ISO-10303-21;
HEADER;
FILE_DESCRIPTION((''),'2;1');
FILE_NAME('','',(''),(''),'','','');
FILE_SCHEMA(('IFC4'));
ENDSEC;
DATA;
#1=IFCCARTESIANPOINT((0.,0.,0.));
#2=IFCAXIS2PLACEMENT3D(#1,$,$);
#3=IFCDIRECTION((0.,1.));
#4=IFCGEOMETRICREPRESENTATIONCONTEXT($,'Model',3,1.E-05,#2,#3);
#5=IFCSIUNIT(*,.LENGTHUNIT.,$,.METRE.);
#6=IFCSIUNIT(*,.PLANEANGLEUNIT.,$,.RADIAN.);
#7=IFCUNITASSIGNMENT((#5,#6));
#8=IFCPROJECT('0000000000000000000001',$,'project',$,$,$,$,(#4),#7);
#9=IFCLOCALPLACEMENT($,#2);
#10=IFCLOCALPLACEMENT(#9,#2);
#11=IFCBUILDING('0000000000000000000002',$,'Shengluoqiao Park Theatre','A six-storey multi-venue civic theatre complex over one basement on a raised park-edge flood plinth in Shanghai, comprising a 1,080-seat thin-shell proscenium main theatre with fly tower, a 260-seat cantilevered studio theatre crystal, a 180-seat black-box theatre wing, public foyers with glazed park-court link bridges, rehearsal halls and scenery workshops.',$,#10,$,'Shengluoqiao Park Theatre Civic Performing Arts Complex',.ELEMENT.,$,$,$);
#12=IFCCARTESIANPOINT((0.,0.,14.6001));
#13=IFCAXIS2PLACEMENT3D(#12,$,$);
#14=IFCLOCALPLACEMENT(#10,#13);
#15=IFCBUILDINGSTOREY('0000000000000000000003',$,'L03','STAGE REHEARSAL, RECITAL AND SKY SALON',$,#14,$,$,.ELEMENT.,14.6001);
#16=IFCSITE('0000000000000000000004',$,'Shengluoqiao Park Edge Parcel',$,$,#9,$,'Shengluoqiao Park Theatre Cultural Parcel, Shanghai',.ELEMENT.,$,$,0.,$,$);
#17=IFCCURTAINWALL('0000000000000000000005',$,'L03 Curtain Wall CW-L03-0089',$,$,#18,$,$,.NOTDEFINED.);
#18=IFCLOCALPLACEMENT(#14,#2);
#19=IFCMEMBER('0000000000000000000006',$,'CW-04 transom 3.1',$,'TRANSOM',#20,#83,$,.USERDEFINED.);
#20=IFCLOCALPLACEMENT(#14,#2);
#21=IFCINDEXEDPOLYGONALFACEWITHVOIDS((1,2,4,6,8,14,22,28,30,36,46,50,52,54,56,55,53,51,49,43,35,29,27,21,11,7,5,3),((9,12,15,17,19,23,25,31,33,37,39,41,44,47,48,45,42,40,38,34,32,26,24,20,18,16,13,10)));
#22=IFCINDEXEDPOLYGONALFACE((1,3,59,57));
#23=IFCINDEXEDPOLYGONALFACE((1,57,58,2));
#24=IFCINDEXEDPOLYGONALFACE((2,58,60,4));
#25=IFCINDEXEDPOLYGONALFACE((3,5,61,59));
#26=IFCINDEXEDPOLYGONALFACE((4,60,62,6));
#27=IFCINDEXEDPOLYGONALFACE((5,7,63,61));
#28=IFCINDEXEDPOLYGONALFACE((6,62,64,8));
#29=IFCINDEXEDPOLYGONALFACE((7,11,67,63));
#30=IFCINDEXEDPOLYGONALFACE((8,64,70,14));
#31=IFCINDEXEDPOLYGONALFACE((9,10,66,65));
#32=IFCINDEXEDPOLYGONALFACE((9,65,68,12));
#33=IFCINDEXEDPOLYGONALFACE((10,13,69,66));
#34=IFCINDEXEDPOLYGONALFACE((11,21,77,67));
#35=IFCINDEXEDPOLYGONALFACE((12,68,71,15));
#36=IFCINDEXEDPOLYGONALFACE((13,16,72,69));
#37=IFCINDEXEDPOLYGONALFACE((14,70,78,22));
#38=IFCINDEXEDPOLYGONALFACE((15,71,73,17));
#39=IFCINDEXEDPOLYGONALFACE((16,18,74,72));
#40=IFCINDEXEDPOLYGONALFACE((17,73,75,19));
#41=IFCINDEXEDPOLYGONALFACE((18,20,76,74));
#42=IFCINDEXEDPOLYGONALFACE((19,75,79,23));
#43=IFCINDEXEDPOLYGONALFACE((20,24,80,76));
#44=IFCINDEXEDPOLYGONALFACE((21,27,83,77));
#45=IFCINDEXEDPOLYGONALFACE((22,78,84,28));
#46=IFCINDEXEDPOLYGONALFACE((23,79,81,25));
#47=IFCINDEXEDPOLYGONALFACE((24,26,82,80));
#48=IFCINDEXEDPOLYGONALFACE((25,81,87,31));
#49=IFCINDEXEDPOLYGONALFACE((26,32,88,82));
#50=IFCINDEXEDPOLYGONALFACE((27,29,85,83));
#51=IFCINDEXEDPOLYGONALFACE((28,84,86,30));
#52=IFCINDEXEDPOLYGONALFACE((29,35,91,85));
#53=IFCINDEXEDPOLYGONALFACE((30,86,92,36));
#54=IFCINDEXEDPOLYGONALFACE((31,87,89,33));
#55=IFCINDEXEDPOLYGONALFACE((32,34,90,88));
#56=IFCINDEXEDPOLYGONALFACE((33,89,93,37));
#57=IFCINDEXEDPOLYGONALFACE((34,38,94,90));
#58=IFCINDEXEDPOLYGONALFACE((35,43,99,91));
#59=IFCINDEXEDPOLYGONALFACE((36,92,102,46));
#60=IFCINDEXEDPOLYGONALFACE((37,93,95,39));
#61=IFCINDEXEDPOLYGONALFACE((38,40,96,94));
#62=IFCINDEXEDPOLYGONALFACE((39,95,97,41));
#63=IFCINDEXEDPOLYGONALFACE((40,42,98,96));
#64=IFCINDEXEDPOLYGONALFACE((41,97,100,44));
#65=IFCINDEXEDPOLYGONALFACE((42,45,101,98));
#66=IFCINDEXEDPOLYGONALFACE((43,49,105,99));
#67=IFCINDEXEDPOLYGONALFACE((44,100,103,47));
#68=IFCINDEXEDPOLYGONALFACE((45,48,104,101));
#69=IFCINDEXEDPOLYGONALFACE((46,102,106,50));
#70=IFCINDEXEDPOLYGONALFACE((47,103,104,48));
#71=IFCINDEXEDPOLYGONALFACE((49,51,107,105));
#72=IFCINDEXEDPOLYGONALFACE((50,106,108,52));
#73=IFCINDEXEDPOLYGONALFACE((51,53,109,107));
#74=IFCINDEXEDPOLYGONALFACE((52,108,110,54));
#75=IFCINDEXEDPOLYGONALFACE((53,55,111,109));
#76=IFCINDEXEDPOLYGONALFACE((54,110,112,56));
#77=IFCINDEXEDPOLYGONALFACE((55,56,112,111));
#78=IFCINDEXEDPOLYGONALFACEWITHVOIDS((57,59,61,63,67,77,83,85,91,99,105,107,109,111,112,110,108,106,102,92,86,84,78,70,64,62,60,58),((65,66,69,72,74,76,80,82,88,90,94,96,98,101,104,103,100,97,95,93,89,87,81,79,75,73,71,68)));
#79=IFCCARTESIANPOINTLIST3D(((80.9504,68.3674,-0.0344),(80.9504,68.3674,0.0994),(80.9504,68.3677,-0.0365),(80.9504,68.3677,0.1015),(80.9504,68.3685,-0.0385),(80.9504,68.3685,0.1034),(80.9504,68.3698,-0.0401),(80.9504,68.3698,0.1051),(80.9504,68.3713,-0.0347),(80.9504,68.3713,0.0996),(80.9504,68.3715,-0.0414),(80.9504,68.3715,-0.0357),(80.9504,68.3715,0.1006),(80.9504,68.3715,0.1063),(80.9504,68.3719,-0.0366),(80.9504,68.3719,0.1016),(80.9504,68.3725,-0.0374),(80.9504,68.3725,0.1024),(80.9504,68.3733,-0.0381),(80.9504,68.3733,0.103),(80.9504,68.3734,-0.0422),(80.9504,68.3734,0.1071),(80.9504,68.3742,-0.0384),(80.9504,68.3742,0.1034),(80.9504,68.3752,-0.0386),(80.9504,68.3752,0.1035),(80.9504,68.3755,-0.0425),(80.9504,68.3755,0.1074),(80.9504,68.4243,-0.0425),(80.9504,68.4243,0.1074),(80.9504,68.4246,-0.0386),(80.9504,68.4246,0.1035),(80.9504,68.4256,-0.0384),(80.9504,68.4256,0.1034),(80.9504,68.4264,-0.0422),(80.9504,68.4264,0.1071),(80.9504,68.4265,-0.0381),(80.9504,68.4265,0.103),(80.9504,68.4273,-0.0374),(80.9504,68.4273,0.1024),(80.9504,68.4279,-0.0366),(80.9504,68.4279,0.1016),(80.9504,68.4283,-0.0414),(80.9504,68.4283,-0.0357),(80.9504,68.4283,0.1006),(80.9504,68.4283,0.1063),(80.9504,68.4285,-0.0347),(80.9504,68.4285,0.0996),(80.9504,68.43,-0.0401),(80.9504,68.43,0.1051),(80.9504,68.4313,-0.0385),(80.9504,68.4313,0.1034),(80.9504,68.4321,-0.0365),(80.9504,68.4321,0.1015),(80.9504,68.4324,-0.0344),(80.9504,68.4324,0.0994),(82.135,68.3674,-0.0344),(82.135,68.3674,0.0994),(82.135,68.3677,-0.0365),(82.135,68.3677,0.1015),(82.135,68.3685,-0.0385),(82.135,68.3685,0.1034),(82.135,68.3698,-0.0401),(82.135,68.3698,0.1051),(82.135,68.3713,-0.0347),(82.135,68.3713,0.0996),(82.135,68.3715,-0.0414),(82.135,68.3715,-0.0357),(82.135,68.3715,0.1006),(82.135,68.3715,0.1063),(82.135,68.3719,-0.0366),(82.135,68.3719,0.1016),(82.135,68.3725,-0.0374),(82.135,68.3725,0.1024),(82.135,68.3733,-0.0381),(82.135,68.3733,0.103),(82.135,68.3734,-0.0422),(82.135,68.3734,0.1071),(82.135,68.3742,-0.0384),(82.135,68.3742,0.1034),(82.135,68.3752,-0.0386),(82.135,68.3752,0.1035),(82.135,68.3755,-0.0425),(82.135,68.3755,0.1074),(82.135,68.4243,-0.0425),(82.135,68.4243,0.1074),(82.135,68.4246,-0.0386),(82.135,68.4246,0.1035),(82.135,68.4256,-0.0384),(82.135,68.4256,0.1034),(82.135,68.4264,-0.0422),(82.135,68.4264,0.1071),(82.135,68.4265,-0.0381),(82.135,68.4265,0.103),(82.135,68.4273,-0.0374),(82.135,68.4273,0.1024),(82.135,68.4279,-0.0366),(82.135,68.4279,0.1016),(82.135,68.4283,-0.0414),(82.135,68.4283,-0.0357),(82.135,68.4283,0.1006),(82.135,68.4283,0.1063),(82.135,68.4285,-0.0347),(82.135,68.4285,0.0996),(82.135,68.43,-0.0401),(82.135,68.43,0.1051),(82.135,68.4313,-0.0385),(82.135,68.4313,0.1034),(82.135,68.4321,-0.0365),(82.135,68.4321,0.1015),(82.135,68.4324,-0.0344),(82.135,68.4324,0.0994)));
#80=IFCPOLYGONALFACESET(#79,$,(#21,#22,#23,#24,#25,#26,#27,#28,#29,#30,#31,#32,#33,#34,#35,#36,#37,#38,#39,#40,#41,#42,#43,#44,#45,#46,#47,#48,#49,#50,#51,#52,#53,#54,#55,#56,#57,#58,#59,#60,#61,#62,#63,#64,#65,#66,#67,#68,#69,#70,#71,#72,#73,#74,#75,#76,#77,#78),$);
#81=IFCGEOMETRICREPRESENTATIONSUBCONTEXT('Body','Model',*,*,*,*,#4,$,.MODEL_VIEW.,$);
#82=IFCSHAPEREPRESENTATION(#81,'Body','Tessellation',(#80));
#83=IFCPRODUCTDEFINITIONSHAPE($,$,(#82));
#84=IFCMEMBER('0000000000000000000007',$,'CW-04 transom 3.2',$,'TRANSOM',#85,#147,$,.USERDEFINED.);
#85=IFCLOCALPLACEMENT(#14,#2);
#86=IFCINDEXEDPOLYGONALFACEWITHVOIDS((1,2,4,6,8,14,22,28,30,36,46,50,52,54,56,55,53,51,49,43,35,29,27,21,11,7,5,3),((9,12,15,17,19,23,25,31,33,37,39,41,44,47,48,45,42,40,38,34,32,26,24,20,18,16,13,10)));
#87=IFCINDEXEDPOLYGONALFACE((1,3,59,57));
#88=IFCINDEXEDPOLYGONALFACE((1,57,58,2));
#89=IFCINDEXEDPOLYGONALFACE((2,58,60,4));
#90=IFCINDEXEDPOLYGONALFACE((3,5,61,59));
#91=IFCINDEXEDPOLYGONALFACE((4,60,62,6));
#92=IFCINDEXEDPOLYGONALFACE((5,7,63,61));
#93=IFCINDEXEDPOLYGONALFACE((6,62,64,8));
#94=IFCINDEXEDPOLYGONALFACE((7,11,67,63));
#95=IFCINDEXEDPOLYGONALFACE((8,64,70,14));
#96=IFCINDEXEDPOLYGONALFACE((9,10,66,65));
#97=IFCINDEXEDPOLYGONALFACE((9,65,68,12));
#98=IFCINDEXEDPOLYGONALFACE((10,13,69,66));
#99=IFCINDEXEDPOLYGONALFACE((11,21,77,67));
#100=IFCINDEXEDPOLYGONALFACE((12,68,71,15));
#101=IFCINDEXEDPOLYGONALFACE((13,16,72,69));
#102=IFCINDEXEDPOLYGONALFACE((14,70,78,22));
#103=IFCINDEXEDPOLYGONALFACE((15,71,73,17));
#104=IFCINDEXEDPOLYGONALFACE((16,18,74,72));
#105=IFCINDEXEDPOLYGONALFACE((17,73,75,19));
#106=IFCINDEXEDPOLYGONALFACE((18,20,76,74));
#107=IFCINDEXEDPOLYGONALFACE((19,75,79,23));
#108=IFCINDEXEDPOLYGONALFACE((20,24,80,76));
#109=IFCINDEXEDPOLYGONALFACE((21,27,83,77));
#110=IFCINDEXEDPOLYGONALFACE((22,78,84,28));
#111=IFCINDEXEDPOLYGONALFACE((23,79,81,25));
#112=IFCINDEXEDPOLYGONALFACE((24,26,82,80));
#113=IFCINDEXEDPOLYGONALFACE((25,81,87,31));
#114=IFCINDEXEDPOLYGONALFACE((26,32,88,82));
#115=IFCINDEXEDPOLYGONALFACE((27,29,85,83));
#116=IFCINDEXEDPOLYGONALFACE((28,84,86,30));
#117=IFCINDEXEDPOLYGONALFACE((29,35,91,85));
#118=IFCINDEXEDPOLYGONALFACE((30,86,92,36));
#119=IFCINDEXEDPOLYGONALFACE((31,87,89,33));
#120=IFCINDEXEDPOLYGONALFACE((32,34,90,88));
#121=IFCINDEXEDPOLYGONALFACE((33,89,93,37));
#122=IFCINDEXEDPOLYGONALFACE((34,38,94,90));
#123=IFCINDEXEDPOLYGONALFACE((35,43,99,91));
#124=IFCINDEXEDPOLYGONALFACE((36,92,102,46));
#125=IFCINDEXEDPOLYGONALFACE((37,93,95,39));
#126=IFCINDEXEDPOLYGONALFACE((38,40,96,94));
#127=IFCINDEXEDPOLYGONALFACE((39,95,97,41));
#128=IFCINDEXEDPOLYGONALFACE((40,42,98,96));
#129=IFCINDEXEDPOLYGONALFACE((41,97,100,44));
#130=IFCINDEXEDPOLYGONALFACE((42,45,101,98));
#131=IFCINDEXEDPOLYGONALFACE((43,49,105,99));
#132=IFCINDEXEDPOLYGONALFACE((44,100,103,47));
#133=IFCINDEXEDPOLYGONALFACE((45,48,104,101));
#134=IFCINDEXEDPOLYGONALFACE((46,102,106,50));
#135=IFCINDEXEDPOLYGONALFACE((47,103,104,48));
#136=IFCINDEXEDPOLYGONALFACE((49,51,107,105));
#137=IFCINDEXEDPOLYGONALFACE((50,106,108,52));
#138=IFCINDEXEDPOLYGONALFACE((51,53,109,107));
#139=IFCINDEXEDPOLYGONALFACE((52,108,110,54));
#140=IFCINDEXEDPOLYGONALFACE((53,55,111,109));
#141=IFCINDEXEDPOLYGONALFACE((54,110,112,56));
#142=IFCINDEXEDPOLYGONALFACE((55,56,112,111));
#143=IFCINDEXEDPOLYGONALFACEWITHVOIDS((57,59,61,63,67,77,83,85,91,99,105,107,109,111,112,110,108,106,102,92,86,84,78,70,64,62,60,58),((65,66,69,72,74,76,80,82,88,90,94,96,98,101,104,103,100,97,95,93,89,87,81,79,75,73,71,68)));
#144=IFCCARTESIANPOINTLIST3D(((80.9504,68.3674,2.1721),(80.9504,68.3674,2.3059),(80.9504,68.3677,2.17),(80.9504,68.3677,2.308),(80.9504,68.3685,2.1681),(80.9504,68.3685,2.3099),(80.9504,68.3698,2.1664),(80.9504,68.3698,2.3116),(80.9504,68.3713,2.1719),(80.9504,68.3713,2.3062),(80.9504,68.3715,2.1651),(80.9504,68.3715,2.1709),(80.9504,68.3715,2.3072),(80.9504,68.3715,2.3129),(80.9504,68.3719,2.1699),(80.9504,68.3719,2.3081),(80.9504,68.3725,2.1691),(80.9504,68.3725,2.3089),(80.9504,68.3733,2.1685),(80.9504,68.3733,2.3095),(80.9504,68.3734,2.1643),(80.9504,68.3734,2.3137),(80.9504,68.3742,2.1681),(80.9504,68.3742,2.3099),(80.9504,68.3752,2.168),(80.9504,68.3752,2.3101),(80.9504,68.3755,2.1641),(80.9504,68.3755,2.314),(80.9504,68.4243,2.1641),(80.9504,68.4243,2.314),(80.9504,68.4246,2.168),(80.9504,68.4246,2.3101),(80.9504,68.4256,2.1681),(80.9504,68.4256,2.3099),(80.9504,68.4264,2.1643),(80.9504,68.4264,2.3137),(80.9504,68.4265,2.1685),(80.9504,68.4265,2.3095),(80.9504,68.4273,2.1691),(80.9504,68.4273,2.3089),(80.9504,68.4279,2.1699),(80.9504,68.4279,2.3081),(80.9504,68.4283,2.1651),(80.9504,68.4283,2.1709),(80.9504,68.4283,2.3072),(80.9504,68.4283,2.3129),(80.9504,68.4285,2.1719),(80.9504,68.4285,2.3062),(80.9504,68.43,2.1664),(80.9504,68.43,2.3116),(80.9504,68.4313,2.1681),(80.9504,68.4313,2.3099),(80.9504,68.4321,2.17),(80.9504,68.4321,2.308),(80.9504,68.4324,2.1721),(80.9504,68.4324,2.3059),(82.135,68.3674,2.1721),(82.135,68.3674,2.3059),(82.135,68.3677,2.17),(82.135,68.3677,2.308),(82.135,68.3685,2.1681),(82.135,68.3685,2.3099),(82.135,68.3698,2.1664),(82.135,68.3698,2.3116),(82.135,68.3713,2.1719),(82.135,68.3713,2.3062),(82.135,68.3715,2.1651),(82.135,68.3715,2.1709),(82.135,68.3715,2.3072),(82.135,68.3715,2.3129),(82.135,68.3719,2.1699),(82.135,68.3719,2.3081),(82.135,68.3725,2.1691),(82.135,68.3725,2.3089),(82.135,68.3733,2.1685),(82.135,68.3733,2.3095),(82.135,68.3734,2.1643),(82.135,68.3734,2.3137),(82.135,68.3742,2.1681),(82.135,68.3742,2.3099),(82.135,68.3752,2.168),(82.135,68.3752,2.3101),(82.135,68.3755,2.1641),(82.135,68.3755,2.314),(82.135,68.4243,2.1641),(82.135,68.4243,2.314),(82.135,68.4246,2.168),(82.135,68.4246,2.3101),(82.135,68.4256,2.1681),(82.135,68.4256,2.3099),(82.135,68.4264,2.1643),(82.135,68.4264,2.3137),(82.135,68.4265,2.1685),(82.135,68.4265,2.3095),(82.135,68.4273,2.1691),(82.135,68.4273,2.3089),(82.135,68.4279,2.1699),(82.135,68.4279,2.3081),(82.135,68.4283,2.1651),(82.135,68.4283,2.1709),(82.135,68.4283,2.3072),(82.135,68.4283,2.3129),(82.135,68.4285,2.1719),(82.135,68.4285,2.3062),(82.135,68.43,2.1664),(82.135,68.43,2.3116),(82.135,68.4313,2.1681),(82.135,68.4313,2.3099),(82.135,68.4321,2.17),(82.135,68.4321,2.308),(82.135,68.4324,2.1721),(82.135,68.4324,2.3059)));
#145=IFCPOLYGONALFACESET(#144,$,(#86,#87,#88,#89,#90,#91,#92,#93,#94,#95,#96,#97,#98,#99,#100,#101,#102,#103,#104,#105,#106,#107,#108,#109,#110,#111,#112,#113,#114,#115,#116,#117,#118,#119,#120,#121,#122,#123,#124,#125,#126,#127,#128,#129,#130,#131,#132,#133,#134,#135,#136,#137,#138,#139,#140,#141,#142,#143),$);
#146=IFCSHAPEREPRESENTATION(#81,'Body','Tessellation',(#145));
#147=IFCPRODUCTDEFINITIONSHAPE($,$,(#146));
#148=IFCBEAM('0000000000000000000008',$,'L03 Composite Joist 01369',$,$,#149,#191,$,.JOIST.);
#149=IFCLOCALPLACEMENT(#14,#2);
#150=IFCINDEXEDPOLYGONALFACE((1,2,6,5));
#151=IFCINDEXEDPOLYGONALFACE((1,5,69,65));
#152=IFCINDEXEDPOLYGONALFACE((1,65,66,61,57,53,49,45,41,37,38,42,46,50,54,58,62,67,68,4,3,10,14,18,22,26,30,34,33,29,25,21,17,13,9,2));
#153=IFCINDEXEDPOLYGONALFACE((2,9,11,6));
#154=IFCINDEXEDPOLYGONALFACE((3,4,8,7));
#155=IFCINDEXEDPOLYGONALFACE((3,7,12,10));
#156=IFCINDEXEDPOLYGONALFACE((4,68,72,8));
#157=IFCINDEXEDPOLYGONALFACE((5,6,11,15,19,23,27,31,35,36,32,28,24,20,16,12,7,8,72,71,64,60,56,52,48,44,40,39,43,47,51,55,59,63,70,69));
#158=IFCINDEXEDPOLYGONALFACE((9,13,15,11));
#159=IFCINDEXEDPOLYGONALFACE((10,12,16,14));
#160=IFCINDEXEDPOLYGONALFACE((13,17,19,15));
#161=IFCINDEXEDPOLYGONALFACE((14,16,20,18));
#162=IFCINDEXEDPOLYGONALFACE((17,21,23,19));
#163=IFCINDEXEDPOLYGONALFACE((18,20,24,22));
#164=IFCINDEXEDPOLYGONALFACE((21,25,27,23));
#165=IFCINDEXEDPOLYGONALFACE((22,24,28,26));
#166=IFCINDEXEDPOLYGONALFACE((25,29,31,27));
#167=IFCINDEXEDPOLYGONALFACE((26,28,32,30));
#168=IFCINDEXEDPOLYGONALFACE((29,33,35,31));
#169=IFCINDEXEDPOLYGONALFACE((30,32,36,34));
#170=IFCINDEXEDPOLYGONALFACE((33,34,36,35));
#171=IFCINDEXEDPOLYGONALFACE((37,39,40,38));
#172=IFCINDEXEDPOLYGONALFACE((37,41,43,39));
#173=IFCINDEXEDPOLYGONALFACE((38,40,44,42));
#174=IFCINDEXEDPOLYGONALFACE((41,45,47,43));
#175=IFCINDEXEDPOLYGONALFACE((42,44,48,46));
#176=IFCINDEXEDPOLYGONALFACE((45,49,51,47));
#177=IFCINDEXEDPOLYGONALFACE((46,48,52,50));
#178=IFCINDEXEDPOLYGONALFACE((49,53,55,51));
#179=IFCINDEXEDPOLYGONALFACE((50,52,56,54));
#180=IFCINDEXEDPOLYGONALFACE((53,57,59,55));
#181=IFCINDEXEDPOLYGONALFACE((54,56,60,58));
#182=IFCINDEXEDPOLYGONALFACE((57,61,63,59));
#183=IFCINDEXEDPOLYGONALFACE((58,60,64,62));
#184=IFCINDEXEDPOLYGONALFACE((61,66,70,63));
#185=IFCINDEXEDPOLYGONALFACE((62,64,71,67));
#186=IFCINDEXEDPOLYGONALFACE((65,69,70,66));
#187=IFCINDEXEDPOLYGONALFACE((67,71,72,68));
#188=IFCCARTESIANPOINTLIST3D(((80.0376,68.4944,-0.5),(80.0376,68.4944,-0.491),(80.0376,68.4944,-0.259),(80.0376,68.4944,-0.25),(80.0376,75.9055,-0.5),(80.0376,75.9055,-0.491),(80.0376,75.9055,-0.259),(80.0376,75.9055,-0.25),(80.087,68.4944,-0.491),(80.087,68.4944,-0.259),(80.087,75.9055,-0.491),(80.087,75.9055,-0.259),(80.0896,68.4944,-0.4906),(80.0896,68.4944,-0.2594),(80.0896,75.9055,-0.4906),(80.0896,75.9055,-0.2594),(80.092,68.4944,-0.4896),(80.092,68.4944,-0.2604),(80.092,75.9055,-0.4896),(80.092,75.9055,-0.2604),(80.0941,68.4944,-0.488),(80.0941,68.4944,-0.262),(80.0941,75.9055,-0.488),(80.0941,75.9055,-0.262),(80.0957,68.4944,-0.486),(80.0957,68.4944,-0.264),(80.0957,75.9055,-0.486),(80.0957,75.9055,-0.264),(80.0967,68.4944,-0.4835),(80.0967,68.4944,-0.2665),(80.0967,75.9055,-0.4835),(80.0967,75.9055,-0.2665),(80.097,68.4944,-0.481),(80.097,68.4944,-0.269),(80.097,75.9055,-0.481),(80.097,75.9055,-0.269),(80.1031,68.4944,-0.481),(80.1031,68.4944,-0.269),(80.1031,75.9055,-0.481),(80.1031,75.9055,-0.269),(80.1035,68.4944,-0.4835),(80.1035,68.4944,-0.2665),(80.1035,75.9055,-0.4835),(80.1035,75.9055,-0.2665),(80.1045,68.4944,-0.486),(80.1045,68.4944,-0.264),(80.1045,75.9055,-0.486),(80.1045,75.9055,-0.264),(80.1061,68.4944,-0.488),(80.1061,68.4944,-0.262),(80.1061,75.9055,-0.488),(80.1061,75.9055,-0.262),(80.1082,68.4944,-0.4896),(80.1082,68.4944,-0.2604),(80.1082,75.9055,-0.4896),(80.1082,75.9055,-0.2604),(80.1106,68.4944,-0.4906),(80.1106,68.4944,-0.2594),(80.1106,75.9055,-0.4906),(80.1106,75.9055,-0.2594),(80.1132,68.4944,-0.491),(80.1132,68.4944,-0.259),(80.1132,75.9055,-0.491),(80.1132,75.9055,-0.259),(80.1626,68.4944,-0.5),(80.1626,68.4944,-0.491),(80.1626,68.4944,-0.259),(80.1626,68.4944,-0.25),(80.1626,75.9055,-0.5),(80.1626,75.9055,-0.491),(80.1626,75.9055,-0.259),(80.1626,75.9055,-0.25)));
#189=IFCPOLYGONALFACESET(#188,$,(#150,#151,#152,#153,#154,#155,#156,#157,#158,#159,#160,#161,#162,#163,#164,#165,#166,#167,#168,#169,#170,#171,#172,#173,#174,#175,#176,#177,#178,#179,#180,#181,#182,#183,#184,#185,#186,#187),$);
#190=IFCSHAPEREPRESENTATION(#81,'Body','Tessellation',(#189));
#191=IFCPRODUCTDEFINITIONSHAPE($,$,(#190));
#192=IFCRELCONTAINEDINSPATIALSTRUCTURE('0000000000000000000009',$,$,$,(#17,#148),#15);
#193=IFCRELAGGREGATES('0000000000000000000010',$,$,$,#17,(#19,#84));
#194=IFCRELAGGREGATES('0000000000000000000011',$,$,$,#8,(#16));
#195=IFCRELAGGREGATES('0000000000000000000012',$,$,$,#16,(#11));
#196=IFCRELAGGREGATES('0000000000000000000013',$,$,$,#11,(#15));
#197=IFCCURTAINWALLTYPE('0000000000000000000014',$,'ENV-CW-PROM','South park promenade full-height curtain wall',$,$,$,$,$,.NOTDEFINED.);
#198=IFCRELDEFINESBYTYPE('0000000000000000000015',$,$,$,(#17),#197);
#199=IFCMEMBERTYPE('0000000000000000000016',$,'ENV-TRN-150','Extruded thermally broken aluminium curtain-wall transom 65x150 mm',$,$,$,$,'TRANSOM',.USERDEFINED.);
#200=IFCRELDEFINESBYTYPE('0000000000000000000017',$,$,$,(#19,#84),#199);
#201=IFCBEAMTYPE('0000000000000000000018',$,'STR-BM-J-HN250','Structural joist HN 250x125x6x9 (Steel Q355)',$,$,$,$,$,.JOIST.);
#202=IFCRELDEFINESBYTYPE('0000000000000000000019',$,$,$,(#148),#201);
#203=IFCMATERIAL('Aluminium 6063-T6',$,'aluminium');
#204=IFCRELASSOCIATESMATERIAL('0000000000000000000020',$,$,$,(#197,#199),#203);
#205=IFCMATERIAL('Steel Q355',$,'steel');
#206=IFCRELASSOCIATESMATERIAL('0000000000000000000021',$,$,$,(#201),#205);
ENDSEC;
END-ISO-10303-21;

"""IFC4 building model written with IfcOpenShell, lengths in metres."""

from ifc_helpers import new_model, si_unit, direction, frame, origin, origin_2d, place, context, subcontext, project, spatial, hollow_rectangle, i_section, extrude, material, material_profile, profile_set, type_object, element, aggregate, save


model = new_model("IFC4")

# Units and contexts
model_context = context("Model", 3, precision=1e-05, world=origin(), true_north=direction((0.0, 1.0)))
body_context = subcontext(model_context, "Body", "Model", "MODEL_VIEW")
ifc_project = project(units=[si_unit("LENGTHUNIT", "METRE"), si_unit("PLANEANGLEUNIT", "RADIAN")], contexts=[model_context])

# Site, building, storey
site_placement = place(None, origin())
site = spatial("IfcSite", under=ifc_project, at=site_placement, Name="Shengluoqiao Park Edge Parcel", LongName="Shengluoqiao Park Theatre Cultural Parcel, Shanghai", CompositionType="ELEMENT", RefElevation=0.0)
building_placement = place(site_placement, origin())
building = spatial("IfcBuilding", under=site, at=building_placement, Name="Shengluoqiao Park Theatre", Description="A six-storey multi-venue civic theatre complex over one basement on a raised park-edge flood plinth in Shanghai, comprising a 1,080-seat thin-shell proscenium main theatre with fly tower, a 260-seat cantilevered studio theatre crystal, a 180-seat black-box theatre wing, public foyers with glazed park-court link bridges, rehearsal halls and scenery workshops.", LongName="Shengluoqiao Park Theatre Civic Performing Arts Complex", CompositionType="ELEMENT")
storey_placement = place(building_placement, frame((0.0, 0.0, 14.6001)))
storey = spatial("IfcBuildingStorey", under=building, at=storey_placement, Name="L03", Description="STAGE REHEARSAL, RECITAL AND SKY SALON", CompositionType="ELEMENT", Elevation=14.6001)

# Curtain wall
ifc_material_1 = material(Name="Aluminium 6063-T6", Category="aluminium")
curtain_wall_type = type_object("IfcCurtainWallType", Name="ENV-CW-PROM", Description="South park promenade full-height curtain wall", PredefinedType="NOTDEFINED", material=ifc_material_1)
curtain_wall_1_placement = place(storey_placement, origin())
curtain_wall_1 = element("IfcCurtainWall", 1, at=curtain_wall_1_placement, inside=storey, type_object=curtain_wall_type, Name="L03 Curtain Wall CW-L03-0089", PredefinedType="NOTDEFINED")

# Members
ifc_material_profile_1 = material_profile(ifc_material_1, hollow_rectangle(XDim=0.0649, YDim=0.1499, WallThickness=0.0039, InnerFilletRadius=0.0039, OuterFilletRadius=0.0081, at=origin_2d()), Name="ALU TRANSOM 150x65x4")
ifc_profile_set_1 = profile_set([ifc_material_profile_1], Name="Aluminium 6063-T6")
member_type_1 = type_object("IfcMemberType", Name="ENV-TRN-150", Description="Extruded thermally broken aluminium curtain-wall transom 65x150 mm", ElementType="TRANSOM", PredefinedType="USERDEFINED", material=ifc_profile_set_1)
member_1_placement = place(storey_placement, frame((80.9504, 68.3999, 0.0325), z_axis=(1.0, 0.0, 0.0), x_axis=(0.0, 1.0, 0.0)))
member_1 = element("IfcMember", 2, at=member_1_placement, type_object=member_type_1, Name="CW-04 transom 3.1", ObjectType="TRANSOM", PredefinedType="USERDEFINED", context=body_context, shape_type="SweptSolid", body=[
    extrude(hollow_rectangle(XDim=0.0649, YDim=0.1499, WallThickness=0.0039, InnerFilletRadius=0.0039, OuterFilletRadius=0.0081, at=origin_2d()), origin(), (0.0, 0.0, 1.0), 1.1846),
])
member_2_placement = place(storey_placement, frame((80.9504, 68.3999, 2.239), z_axis=(1.0, 0.0, 0.0), x_axis=(0.0, 1.0, 0.0)))
member_2 = element("IfcMember", 3, at=member_2_placement, type_object=member_type_1, Name="CW-04 transom 3.2", ObjectType="TRANSOM", PredefinedType="USERDEFINED", context=body_context, shape_type="SweptSolid", body=[
    extrude(hollow_rectangle(XDim=0.0649, YDim=0.1499, WallThickness=0.0039, InnerFilletRadius=0.0039, OuterFilletRadius=0.0081, at=origin_2d()), origin(), (0.0, 0.0, 1.0), 1.1846),
])

# Beam
ifc_material_2 = material(Name="Steel Q355", Category="steel")
ifc_material_profile_2 = material_profile(ifc_material_2, i_section(OverallWidth=0.125, OverallDepth=0.25, WebThickness=0.0061, FlangeThickness=0.009, FilletRadius=0.01, at=origin_2d()), Name="HN 250x125x6x9")
ifc_profile_set_2 = profile_set([ifc_material_profile_2], Name="Steel Q355")
beam_type_1 = type_object("IfcBeamType", Name="STR-BM-J-HN250", Description="Structural joist HN 250x125x6x9 (Steel Q355)", PredefinedType="JOIST", material=ifc_profile_set_2)
beam_1_placement = place(storey_placement, frame((80.1001, 68.4944, -0.375), z_axis=(0.0, 1.0, 0.0), x_axis=(-1.0, 0.0, 0.0)))
element("IfcBeam", 4, at=beam_1_placement, inside=storey, type_object=beam_type_1, Name="L03 Composite Joist 01369", PredefinedType="JOIST", context=body_context, shape_type="SweptSolid", body=[
    extrude(i_section(OverallWidth=0.125, OverallDepth=0.25, WebThickness=0.0061, FlangeThickness=0.009, FilletRadius=0.01, at=origin_2d()), origin(), (0.0, 0.0, 1.0), 7.4111),
])

aggregate(curtain_wall_1, [member_1, member_2])

save(model, "model.ifc")
